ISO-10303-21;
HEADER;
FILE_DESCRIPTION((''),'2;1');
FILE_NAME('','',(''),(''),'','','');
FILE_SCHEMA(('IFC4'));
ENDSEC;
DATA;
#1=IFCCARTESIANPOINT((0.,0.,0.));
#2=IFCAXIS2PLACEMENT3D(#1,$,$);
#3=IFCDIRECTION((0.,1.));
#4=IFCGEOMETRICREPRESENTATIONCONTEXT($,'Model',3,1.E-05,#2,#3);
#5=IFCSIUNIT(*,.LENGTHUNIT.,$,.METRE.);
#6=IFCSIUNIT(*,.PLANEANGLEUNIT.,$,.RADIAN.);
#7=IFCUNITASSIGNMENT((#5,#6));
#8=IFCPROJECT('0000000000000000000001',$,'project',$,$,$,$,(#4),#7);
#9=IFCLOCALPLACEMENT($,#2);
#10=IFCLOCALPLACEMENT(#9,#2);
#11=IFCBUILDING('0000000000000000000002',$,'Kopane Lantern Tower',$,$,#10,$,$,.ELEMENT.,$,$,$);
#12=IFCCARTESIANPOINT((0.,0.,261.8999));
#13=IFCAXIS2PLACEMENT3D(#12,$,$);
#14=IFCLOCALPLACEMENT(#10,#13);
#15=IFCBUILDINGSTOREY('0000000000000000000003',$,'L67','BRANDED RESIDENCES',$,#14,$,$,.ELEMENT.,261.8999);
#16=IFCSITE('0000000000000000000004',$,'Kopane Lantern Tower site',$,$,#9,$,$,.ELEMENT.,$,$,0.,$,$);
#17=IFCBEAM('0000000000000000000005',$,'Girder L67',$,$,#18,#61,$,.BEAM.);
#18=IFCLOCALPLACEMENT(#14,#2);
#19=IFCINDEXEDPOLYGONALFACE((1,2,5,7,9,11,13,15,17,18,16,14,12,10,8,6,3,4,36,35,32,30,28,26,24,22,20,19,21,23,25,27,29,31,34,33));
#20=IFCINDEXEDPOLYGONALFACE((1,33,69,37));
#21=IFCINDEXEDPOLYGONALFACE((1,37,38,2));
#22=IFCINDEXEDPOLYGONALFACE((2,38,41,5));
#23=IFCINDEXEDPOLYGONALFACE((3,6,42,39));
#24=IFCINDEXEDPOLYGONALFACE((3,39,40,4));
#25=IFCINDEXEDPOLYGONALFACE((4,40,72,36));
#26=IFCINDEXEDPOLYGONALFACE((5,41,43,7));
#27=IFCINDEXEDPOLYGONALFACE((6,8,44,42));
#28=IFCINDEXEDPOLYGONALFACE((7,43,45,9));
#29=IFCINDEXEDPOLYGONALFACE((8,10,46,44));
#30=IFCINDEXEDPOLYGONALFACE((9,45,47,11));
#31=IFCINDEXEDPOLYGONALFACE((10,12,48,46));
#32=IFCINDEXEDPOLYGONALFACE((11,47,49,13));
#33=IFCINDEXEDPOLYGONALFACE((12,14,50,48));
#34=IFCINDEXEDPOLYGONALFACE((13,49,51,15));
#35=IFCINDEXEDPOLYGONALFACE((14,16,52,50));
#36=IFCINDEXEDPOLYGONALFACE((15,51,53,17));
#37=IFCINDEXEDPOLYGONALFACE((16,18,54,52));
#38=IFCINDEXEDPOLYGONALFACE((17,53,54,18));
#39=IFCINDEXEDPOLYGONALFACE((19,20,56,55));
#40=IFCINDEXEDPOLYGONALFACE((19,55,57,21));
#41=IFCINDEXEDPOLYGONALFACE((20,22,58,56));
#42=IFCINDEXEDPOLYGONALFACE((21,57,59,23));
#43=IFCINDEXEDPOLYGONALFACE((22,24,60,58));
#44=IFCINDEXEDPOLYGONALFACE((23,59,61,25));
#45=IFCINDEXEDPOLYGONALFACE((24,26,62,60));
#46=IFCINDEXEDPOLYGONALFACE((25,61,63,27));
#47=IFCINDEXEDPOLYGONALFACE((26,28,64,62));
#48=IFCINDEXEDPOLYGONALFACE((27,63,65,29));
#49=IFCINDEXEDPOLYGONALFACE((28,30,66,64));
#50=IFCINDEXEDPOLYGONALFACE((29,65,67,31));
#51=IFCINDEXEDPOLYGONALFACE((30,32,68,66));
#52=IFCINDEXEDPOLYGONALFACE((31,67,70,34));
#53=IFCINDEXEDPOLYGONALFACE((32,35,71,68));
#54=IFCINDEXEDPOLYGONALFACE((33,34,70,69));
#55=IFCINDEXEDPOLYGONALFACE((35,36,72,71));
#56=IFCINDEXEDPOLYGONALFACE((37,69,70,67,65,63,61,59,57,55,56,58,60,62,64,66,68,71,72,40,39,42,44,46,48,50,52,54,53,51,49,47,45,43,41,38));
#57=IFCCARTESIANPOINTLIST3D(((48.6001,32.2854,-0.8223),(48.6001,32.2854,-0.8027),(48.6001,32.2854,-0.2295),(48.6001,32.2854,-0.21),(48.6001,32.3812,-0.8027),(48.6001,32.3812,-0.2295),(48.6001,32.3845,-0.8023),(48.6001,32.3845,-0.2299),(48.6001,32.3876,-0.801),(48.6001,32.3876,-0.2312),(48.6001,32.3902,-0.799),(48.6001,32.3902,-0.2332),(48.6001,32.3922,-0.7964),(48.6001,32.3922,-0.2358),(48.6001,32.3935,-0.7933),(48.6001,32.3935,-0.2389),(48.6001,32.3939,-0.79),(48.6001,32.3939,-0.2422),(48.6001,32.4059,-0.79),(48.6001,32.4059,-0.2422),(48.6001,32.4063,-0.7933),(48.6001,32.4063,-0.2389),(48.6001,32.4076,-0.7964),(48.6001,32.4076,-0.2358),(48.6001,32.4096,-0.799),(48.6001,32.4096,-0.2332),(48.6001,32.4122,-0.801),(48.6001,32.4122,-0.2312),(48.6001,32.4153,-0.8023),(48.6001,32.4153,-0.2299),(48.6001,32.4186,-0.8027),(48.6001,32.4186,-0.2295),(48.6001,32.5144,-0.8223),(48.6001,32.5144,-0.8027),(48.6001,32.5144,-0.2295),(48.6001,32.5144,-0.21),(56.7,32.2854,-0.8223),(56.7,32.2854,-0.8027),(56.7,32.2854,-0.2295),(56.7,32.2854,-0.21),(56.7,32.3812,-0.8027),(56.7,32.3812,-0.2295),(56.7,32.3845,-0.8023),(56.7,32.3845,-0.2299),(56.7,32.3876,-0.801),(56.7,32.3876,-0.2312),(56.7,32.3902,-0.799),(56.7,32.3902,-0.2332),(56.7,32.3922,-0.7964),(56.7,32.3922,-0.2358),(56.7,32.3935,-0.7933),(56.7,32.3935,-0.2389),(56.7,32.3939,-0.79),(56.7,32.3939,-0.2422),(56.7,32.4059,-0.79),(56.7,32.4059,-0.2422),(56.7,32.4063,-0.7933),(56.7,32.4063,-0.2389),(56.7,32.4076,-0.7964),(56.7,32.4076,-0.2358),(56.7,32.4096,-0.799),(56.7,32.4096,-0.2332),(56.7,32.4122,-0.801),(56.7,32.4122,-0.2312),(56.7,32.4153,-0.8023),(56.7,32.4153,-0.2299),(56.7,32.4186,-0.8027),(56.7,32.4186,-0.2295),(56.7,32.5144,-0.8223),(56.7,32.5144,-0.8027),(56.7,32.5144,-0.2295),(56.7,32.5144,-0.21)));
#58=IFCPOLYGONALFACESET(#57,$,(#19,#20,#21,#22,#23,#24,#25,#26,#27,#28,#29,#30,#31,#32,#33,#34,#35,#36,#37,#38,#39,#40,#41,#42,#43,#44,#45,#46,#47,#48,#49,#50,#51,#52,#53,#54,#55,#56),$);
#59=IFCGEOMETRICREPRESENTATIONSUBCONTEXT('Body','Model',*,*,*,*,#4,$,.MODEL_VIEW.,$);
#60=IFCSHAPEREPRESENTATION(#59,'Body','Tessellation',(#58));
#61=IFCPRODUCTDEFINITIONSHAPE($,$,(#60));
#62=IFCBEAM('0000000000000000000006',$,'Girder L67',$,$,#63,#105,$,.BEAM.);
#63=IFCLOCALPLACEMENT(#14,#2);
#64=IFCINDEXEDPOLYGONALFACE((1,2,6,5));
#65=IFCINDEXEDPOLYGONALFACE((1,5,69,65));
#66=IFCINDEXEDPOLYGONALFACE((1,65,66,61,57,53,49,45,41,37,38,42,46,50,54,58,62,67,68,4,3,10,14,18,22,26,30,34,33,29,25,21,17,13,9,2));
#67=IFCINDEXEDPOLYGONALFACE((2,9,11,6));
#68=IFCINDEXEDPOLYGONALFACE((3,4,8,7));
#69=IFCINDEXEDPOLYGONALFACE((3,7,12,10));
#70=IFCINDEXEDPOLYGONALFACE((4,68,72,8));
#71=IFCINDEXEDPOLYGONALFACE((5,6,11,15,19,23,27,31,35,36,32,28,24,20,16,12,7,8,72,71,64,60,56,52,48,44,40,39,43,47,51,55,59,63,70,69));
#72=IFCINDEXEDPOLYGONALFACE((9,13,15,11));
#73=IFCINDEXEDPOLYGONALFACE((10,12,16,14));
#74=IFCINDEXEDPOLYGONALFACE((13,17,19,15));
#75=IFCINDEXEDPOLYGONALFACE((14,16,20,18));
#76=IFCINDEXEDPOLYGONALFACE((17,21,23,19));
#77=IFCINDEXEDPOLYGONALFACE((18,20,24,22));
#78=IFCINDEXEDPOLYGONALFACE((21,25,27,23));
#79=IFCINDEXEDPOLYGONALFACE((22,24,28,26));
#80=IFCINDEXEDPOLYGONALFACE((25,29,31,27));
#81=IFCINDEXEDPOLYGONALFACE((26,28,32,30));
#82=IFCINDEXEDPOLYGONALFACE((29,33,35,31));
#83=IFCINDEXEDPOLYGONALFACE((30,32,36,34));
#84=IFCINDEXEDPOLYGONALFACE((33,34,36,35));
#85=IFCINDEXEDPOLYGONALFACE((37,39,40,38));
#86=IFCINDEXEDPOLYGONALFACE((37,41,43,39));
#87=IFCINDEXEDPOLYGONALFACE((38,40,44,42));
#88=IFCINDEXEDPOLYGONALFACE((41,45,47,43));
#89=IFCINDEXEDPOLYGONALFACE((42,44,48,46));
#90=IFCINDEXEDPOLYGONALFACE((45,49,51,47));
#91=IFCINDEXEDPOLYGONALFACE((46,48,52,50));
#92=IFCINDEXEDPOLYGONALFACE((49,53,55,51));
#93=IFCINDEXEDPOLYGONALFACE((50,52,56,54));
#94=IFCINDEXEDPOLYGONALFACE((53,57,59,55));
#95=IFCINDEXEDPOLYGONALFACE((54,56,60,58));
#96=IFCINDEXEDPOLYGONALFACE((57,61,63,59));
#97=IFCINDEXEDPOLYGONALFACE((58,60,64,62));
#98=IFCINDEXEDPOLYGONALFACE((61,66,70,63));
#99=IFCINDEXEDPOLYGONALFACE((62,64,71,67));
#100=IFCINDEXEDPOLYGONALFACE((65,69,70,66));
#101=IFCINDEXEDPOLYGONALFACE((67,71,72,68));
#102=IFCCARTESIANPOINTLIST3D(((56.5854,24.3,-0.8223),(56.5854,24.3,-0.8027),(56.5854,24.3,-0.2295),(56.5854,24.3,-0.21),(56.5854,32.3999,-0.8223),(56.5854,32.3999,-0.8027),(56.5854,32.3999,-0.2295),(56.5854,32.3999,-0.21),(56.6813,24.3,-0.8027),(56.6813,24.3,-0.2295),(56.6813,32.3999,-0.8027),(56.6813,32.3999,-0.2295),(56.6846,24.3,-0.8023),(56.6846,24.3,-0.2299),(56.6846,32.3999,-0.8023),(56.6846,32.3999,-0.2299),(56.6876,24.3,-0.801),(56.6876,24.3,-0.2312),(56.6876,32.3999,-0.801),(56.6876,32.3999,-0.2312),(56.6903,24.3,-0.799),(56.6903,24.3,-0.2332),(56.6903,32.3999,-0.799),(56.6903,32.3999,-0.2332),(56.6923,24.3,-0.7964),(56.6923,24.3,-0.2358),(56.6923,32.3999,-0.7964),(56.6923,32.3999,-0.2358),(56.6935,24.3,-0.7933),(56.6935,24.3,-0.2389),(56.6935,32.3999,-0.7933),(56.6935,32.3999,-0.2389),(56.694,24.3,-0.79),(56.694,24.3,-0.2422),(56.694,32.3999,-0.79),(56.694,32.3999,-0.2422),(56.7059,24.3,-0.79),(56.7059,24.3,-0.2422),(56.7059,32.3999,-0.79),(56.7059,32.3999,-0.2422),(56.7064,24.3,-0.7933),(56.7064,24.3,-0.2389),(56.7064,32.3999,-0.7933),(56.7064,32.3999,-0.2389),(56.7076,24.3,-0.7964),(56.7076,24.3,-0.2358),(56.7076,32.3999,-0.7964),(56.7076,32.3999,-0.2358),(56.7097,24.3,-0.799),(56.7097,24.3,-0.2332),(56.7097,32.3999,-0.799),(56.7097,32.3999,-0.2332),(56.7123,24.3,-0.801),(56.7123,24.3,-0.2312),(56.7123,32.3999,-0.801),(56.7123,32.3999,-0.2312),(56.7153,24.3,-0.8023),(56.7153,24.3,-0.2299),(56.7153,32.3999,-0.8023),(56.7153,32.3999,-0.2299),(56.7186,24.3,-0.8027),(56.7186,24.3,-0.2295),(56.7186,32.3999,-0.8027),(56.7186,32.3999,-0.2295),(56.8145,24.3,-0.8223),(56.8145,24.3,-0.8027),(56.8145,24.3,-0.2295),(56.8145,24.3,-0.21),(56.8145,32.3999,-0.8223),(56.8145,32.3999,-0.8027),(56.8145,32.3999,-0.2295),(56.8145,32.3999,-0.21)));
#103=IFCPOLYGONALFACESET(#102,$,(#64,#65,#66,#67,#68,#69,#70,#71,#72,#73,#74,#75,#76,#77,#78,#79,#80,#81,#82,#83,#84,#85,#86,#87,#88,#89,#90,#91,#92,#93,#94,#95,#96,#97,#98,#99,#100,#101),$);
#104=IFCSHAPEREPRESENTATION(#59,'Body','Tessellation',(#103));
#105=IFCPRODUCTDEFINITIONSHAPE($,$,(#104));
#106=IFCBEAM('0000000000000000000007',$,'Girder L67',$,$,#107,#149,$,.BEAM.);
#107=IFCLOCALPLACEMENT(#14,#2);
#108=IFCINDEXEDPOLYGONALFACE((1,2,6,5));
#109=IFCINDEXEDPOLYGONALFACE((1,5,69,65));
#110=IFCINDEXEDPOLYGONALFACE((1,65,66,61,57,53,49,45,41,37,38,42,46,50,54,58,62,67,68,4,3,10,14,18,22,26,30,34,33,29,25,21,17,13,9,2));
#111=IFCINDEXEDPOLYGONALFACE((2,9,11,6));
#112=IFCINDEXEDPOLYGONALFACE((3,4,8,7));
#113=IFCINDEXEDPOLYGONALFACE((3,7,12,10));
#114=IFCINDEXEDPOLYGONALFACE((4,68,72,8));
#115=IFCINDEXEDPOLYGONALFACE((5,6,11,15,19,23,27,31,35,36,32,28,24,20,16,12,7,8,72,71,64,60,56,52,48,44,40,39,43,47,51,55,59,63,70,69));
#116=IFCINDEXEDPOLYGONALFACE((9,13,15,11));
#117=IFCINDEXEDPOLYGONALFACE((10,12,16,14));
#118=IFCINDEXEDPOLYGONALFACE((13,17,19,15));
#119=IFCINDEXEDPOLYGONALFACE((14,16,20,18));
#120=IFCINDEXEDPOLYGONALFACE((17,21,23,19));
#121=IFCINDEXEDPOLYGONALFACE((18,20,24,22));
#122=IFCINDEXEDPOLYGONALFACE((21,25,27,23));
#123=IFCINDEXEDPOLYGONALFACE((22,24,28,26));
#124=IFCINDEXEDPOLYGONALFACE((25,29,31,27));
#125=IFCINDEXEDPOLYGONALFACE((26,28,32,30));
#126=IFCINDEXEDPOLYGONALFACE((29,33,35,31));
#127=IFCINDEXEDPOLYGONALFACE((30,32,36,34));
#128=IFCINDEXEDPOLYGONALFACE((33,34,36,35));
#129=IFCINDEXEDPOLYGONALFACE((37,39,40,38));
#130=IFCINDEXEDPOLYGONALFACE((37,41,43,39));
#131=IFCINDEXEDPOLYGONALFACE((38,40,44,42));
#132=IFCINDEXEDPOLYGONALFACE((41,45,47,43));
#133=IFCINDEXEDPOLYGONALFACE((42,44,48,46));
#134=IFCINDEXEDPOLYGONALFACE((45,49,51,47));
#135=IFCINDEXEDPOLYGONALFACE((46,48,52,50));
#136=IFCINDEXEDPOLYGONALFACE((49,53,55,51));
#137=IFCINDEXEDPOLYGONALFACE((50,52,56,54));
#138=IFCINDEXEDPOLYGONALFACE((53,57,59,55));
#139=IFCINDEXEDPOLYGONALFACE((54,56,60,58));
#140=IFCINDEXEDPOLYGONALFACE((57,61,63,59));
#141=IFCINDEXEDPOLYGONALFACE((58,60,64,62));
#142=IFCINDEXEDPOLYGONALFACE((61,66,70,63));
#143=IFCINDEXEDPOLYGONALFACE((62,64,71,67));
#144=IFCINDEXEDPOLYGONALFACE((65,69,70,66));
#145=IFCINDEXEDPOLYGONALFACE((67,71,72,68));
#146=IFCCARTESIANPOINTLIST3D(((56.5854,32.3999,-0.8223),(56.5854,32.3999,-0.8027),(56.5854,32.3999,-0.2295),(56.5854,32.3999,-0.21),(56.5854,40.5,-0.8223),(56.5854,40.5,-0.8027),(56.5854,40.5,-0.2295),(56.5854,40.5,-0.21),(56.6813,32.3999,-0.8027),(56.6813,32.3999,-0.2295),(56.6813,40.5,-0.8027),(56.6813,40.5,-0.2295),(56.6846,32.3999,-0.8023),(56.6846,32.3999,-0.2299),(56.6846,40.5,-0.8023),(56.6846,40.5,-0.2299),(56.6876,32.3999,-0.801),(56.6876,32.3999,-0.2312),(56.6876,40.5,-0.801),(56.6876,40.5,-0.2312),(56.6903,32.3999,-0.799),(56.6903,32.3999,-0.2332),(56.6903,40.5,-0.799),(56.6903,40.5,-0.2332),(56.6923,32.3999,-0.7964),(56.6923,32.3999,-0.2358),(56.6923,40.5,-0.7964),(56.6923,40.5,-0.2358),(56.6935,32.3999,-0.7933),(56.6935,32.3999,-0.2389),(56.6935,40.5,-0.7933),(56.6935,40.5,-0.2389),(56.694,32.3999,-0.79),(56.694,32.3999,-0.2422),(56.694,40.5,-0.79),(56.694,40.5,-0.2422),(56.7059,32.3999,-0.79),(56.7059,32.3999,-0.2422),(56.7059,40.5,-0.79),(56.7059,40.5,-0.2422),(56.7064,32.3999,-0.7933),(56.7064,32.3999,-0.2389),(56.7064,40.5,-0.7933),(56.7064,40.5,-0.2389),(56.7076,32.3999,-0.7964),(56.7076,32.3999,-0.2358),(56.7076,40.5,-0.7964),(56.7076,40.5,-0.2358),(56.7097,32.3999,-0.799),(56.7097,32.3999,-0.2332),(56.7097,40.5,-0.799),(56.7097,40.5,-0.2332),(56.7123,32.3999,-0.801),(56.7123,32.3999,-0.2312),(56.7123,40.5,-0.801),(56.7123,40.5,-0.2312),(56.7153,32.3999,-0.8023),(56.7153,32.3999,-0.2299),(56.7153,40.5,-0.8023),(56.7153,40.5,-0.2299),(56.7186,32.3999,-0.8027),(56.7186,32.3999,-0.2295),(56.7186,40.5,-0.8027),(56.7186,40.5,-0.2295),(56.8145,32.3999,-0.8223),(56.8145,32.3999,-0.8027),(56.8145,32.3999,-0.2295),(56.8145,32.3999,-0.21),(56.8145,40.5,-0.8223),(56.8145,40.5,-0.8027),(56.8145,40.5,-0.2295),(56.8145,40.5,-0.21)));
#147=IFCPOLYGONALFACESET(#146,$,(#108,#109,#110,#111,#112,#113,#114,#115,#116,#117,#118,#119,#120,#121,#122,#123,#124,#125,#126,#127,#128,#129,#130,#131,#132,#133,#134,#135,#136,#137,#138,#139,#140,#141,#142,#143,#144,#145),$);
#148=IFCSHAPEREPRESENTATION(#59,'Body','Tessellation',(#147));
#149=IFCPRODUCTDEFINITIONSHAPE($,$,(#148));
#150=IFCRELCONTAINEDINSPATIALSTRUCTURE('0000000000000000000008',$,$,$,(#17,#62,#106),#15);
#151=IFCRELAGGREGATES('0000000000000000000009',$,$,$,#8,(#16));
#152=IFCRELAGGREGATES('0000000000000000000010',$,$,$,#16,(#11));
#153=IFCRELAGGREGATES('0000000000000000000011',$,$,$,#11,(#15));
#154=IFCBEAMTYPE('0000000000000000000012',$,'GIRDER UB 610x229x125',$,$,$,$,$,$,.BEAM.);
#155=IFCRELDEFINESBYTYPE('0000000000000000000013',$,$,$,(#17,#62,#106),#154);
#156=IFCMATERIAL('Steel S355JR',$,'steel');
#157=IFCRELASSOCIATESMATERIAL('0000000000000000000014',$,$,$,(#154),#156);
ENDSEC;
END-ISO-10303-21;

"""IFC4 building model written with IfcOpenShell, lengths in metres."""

from ifc_helpers import new_model, si_unit, direction, frame, origin, origin_2d, place, context, subcontext, project, spatial, i_section, extrude, material, material_profile, profile_set, type_object, element, save


model = new_model("IFC4")

# Units and contexts
model_context = context("Model", 3, precision=1e-05, world=origin(), true_north=direction((0.0, 1.0)))
body_context = subcontext(model_context, "Body", "Model", "MODEL_VIEW")
ifc_project = project(units=[si_unit("LENGTHUNIT", "METRE"), si_unit("PLANEANGLEUNIT", "RADIAN")], contexts=[model_context])

# Site, building, storey
site_placement = place(None, origin())
site = spatial("IfcSite", under=ifc_project, at=site_placement, Name="Kopane Lantern Tower site", CompositionType="ELEMENT", RefElevation=0.0)
building_placement = place(site_placement, origin())
building = spatial("IfcBuilding", under=site, at=building_placement, Name="Kopane Lantern Tower", CompositionType="ELEMENT")
storey_placement = place(building_placement, frame((0.0, 0.0, 261.8999)))
storey = spatial("IfcBuildingStorey", under=building, at=storey_placement, Name="L67", Description="BRANDED RESIDENCES", CompositionType="ELEMENT", Elevation=261.8999)

# Beams
ifc_material_1 = material(Name="Steel S355JR", Category="steel")
ifc_material_profile_1 = material_profile(ifc_material_1, i_section(OverallWidth=0.229, OverallDepth=0.6123, WebThickness=0.012, FlangeThickness=0.0195, FilletRadius=0.0127, at=origin_2d()), Name="UB 610x229x125")
ifc_profile_set_1 = profile_set([ifc_material_profile_1], Name="Steel S355JR")
beam_type = type_object("IfcBeamType", Name="GIRDER UB 610x229x125", PredefinedType="BEAM", material=ifc_profile_set_1)
for number, where, z_axis, x_axis, name in (
    (1, (48.6001, 32.3999, -0.5161), (1.0, 0.0, 0.0), (0.0, 1.0, 0.0), "Girder L67"),
    (2, (56.7, 24.3, -0.5161), (0.0, 1.0, 0.0), (-1.0, 0.0, 0.0), "Girder L67"),
):
    element("IfcBeam", number, at=place(storey_placement, frame(where, z_axis=z_axis, x_axis=x_axis)), inside=storey, type_object=beam_type, Name=name, PredefinedType="BEAM", context=body_context, shape_type="SweptSolid", body=[
        extrude(i_section(OverallWidth=0.229, OverallDepth=0.6123, WebThickness=0.012, FlangeThickness=0.0195, FilletRadius=0.0127, at=origin_2d()), origin(), (0.0, 0.0, 1.0), 8.0999),
    ])
beam_1_placement = place(storey_placement, frame((56.7, 32.3999, -0.5161), z_axis=(0.0, 1.0, 0.0), x_axis=(-1.0, 0.0, 0.0)))
element("IfcBeam", 3, at=beam_1_placement, inside=storey, type_object=beam_type, Name="Girder L67", PredefinedType="BEAM", context=body_context, shape_type="SweptSolid", body=[
    extrude(i_section(OverallWidth=0.229, OverallDepth=0.6123, WebThickness=0.012, FlangeThickness=0.0195, FilletRadius=0.0127, at=origin_2d()), origin(), (0.0, 0.0, 1.0), 8.1001),
])

save(model, "model.ifc")
